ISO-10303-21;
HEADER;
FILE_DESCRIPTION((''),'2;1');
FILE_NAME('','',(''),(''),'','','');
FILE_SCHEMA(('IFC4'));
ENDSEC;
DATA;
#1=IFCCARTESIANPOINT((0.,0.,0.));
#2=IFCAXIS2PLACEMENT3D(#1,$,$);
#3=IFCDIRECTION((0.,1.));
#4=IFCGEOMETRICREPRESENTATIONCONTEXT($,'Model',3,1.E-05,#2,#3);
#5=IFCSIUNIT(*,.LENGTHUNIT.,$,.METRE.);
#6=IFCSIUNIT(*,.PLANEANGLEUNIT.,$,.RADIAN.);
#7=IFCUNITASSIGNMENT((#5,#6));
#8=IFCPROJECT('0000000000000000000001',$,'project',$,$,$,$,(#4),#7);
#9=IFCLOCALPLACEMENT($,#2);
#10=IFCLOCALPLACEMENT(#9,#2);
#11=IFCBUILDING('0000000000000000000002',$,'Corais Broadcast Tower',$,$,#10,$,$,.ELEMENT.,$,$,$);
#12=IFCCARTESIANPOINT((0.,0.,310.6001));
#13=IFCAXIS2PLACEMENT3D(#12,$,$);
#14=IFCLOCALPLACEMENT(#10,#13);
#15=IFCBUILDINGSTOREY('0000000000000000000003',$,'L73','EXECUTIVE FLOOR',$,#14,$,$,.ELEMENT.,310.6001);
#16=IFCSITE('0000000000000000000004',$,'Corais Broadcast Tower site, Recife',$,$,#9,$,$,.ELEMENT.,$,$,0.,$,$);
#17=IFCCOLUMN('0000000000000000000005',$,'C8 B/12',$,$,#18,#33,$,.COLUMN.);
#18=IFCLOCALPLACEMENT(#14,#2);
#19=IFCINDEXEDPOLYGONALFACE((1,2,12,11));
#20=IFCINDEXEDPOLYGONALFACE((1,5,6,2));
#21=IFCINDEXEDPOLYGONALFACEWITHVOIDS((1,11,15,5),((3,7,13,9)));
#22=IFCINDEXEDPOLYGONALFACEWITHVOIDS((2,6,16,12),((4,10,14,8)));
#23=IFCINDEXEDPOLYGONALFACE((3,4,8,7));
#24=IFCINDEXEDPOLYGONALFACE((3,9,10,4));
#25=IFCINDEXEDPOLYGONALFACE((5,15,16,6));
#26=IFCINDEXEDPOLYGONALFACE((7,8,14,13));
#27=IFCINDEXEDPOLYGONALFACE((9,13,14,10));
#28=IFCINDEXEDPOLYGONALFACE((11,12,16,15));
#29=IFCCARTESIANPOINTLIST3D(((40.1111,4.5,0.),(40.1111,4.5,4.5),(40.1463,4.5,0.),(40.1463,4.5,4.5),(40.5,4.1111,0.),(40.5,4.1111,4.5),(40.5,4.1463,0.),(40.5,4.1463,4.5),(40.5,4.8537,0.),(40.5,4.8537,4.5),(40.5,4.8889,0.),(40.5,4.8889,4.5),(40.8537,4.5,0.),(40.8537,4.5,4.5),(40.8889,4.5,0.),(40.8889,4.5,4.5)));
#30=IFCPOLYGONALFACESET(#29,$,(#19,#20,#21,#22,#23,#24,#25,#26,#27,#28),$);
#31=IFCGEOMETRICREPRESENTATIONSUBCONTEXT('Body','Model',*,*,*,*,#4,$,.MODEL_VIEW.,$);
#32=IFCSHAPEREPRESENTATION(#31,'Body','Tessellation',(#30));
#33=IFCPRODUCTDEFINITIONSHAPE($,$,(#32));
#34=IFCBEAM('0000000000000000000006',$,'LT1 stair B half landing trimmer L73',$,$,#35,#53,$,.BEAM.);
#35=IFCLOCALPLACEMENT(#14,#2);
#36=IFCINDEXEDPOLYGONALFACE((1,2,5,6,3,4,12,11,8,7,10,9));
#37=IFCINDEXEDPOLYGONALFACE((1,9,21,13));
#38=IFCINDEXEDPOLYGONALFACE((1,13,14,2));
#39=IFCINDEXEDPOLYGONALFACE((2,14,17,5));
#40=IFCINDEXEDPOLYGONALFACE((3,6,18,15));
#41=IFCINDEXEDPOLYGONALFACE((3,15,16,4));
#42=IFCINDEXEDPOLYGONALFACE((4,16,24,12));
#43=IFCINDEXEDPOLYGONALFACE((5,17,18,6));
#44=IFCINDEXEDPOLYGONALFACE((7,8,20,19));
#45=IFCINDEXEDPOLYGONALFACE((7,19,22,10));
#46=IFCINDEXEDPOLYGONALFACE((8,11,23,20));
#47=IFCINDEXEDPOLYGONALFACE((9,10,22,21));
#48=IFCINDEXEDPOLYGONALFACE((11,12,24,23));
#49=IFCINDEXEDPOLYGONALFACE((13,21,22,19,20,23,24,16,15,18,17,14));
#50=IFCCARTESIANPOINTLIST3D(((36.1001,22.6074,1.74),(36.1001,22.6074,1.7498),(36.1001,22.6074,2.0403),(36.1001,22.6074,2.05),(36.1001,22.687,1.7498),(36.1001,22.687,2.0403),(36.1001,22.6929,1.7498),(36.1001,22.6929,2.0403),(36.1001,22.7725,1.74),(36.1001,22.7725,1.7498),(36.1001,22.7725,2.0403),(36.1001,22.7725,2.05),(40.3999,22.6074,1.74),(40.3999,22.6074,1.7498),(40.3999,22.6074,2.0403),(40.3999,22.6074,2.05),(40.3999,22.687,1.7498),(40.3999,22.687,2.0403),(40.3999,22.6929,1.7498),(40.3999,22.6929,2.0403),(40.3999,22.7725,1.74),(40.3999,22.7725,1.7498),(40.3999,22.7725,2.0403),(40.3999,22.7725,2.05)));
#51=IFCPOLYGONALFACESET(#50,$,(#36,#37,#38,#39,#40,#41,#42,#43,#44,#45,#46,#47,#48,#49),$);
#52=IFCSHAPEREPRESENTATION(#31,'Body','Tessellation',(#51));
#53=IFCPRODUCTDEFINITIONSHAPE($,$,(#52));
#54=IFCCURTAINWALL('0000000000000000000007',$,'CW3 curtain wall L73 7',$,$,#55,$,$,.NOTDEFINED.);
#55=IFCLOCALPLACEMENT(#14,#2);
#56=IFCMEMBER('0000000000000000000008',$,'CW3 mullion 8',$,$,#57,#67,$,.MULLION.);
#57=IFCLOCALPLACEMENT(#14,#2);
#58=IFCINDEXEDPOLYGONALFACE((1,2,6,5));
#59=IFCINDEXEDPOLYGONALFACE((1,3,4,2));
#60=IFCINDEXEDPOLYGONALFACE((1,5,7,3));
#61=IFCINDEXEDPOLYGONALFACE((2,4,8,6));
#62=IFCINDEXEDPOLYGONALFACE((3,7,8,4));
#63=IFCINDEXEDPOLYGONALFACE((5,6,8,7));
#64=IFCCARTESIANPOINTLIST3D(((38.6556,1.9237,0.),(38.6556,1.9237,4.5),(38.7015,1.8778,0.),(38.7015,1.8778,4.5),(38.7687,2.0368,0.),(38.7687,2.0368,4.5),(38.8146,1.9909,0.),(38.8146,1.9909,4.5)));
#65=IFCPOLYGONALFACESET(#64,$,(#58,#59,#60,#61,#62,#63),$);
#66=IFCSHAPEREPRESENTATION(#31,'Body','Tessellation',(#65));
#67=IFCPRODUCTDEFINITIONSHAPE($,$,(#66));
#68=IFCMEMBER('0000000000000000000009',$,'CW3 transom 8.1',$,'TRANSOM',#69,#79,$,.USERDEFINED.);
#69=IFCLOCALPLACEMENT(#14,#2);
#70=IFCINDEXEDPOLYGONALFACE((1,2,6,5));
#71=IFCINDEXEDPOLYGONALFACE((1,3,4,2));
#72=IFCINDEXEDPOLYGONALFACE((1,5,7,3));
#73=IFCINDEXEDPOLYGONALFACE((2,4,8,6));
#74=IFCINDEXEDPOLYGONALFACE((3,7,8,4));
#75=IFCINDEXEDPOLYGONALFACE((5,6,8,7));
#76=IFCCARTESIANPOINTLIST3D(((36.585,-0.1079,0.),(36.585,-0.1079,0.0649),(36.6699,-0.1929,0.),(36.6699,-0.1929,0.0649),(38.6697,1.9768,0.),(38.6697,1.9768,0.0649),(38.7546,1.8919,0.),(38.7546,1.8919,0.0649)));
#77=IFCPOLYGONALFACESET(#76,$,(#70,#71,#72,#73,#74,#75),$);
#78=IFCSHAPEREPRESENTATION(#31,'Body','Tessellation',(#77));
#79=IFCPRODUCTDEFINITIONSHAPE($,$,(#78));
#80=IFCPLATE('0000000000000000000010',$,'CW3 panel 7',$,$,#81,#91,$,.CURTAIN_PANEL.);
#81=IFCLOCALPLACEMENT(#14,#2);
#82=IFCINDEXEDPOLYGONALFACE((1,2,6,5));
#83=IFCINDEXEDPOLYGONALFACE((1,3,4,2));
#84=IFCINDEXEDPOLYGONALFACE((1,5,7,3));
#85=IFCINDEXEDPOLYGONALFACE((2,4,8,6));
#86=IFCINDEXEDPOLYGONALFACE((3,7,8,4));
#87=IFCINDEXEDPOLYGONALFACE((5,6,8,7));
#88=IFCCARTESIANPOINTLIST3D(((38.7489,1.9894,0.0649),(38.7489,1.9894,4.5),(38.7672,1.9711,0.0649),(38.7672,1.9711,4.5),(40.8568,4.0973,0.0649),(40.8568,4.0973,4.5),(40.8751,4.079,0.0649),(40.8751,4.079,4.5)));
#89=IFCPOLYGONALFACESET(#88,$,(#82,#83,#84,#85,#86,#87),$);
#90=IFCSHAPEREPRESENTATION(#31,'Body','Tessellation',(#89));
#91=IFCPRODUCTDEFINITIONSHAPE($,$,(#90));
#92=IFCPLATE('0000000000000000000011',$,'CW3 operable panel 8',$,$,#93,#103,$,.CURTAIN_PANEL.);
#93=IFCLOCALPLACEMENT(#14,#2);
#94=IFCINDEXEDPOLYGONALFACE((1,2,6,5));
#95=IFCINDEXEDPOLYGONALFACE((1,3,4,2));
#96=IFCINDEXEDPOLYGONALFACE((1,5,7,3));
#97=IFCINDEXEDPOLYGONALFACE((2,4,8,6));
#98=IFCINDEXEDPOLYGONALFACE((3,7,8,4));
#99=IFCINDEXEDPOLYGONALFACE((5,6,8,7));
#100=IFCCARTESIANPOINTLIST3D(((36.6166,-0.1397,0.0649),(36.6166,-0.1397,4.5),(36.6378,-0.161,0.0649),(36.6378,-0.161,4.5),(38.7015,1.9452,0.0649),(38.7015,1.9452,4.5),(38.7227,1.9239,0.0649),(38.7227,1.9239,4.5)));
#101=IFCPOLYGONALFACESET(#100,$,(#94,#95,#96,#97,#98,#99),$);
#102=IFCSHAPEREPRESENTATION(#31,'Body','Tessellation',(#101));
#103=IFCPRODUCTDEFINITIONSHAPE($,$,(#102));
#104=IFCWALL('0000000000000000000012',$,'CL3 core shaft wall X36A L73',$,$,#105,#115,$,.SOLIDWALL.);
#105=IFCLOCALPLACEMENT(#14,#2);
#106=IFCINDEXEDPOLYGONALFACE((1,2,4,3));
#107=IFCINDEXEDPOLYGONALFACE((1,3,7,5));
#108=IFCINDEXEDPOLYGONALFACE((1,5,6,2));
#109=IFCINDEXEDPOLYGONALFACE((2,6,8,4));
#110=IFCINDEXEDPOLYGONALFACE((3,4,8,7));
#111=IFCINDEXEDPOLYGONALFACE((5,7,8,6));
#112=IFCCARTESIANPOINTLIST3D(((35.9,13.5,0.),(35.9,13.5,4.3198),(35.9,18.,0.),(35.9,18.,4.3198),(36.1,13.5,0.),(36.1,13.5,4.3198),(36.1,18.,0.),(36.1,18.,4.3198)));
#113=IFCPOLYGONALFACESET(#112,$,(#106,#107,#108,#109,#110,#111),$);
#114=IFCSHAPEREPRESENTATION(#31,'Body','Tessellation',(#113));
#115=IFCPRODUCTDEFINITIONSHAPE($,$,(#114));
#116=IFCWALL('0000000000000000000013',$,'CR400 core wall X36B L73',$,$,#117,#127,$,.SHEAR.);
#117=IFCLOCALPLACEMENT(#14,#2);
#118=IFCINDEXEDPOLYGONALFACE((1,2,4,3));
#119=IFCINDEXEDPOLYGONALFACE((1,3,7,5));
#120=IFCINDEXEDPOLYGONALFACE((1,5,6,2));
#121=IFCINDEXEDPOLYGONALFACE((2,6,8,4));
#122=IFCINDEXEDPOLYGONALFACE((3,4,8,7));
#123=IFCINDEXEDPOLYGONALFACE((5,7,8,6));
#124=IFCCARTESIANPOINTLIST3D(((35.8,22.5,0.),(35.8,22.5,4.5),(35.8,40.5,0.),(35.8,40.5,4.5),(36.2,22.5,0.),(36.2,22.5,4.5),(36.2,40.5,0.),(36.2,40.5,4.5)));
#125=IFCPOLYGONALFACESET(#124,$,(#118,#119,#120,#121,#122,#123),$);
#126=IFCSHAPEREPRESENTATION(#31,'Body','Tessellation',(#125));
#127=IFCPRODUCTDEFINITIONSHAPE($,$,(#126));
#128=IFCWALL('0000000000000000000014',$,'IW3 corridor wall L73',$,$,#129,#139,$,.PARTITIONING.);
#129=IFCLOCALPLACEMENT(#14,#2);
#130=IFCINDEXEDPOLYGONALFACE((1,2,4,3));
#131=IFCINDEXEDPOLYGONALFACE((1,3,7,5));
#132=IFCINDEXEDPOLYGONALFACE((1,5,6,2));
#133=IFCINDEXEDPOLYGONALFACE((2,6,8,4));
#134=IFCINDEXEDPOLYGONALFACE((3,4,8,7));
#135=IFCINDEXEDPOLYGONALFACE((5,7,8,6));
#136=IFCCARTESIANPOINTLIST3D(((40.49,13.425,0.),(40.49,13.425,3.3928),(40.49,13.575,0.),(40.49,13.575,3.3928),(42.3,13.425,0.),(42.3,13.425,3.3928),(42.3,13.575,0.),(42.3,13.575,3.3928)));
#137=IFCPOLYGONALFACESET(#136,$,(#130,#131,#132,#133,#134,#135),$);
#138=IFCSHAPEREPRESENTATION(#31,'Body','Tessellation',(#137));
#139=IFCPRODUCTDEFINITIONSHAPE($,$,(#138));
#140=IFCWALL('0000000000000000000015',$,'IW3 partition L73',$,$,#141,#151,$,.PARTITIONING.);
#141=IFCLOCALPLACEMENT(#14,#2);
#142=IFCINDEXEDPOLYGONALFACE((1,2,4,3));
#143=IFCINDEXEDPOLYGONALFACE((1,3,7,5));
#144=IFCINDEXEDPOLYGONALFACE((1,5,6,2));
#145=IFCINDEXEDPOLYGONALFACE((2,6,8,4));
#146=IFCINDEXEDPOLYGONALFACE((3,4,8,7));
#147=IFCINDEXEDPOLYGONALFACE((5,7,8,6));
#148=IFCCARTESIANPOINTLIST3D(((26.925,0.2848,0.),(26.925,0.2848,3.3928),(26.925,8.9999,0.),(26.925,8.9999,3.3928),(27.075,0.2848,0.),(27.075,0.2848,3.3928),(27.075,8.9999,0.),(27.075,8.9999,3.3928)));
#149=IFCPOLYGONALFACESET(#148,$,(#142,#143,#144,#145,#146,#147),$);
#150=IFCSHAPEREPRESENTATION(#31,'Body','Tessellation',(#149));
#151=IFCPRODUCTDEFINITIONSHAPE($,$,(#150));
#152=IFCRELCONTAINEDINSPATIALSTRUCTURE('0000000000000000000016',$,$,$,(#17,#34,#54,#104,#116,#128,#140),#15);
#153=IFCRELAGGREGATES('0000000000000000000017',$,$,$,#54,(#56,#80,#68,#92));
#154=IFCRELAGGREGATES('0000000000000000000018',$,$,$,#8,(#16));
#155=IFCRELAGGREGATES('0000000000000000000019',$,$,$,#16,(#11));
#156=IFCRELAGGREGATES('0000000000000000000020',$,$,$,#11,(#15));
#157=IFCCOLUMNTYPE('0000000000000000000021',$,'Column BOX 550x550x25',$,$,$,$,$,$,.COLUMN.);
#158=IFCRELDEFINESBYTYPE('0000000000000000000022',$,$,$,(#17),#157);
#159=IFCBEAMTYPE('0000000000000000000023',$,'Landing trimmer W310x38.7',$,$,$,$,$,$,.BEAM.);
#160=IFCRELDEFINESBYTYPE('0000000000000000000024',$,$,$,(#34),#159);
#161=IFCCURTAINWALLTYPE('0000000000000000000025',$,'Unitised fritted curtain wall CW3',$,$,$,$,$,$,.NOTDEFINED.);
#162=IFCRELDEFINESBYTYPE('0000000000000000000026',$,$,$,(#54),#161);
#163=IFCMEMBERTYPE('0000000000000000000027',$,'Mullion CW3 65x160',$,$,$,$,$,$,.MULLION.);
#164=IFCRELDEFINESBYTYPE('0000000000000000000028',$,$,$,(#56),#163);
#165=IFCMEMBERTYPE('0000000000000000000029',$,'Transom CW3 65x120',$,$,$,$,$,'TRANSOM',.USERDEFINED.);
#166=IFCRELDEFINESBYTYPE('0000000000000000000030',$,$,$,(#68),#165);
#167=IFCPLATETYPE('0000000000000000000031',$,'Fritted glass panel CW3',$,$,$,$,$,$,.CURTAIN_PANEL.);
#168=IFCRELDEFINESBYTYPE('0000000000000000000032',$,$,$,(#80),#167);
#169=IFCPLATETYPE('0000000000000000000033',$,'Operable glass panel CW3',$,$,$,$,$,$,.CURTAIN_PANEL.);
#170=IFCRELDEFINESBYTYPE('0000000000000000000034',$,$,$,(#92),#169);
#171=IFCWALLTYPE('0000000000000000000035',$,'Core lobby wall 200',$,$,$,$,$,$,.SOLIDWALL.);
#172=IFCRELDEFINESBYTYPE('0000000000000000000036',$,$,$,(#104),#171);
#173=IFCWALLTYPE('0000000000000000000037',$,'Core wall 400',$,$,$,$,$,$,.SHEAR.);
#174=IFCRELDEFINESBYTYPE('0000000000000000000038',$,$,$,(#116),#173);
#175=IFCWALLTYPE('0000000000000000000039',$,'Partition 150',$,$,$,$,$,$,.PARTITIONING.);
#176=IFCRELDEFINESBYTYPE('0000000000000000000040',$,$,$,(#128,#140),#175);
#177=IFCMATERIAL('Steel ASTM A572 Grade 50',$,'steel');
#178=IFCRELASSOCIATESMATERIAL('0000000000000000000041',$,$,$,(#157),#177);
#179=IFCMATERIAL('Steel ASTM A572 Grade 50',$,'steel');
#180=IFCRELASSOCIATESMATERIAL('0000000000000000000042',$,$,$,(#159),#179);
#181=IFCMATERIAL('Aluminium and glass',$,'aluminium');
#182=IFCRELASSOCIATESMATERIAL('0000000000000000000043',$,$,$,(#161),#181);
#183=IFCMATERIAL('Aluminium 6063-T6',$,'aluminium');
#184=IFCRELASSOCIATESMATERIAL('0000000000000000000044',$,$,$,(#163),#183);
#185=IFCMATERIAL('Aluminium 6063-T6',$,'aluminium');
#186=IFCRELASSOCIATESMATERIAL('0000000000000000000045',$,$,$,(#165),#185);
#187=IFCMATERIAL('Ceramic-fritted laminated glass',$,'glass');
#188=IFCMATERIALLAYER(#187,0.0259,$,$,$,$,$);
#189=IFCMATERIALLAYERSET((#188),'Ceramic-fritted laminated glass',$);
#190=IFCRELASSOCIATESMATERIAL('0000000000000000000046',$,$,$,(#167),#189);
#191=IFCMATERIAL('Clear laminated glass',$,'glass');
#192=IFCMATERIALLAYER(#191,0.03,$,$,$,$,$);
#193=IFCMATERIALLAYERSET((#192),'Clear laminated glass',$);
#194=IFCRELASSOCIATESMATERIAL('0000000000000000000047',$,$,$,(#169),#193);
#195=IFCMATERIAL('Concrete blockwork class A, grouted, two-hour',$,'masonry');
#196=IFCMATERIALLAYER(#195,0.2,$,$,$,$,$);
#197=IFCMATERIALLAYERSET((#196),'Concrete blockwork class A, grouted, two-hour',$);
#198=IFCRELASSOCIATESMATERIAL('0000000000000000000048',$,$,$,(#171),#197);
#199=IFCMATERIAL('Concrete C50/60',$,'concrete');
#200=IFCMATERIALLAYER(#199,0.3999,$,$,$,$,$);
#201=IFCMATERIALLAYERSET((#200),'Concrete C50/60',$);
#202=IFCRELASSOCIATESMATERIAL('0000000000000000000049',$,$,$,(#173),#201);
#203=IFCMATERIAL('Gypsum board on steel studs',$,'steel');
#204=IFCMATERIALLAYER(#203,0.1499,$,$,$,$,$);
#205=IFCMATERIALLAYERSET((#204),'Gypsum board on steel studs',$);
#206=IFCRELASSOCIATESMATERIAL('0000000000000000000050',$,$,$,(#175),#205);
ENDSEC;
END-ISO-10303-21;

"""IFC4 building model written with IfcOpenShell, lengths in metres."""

from ifc_helpers import new_model, si_unit, direction, frame, frame_2d, origin, origin_2d, place, context, subcontext, project, spatial, rectangle, hollow_rectangle, i_section, extrude, material, layer, layer_set, material_profile, profile_set, type_object, element, aggregate, save


model = new_model("IFC4")

# Units and contexts
model_context = context("Model", 3, precision=1e-05, world=origin(), true_north=direction((0.0, 1.0)))
body_context = subcontext(model_context, "Body", "Model", "MODEL_VIEW")
ifc_project = project(units=[si_unit("LENGTHUNIT", "METRE"), si_unit("PLANEANGLEUNIT", "RADIAN")], contexts=[model_context])

# Site, building, storey
site_placement = place(None, origin())
site = spatial("IfcSite", under=ifc_project, at=site_placement, Name="Corais Broadcast Tower site, Recife", CompositionType="ELEMENT", RefElevation=0.0)
building_placement = place(site_placement, origin())
building = spatial("IfcBuilding", under=site, at=building_placement, Name="Corais Broadcast Tower", CompositionType="ELEMENT")
storey_placement = place(building_placement, frame((0.0, 0.0, 310.6001)))
storey = spatial("IfcBuildingStorey", under=building, at=storey_placement, Name="L73", Description="EXECUTIVE FLOOR", CompositionType="ELEMENT", Elevation=310.6001)

# Column
ifc_material_1 = material(Name="Steel ASTM A572 Grade 50", Category="steel")
ifc_material_profile_1 = material_profile(ifc_material_1, hollow_rectangle(XDim=0.55, YDim=0.55, WallThickness=0.0249, at=origin_2d()), Name="BOX 550x550x25")
ifc_profile_set_1 = profile_set([ifc_material_profile_1], Name="Steel ASTM A572 Grade 50")
column_type = type_object("IfcColumnType", Name="Column BOX 550x550x25", PredefinedType="COLUMN", material=ifc_profile_set_1)
column_placement = place(storey_placement, frame((40.5, 4.5, 0.0), z_axis=(0.0, 0.0, 1.0), x_axis=(0.707107, 0.707107, 0.0)))
element("IfcColumn", 1, at=column_placement, inside=storey, type_object=column_type, Name="C8 B/12", PredefinedType="COLUMN", context=body_context, shape_type="SweptSolid", body=[
    extrude(hollow_rectangle(XDim=0.55, YDim=0.55, WallThickness=0.0249, at=origin_2d()), origin(), (0.0, 0.0, 1.0), 4.5),
])

# Beam
ifc_material_2 = material(Name="Steel ASTM A572 Grade 50", Category="steel")
ifc_material_profile_2 = material_profile(ifc_material_2, i_section(OverallWidth=0.165, OverallDepth=0.3101, WebThickness=0.0059, FlangeThickness=0.0098, at=origin_2d()), Name="W310x38.7")
ifc_profile_set_2 = profile_set([ifc_material_profile_2], Name="Steel ASTM A572 Grade 50")
beam_type = type_object("IfcBeamType", Name="Landing trimmer W310x38.7", PredefinedType="BEAM", material=ifc_profile_set_2)
beam_placement = place(storey_placement, frame((36.1001, 22.6899, 1.895), z_axis=(1.0, 0.0, 0.0), x_axis=(0.0, 1.0, 0.0)))
element("IfcBeam", 2, at=beam_placement, inside=storey, type_object=beam_type, Name="LT1 stair B half landing trimmer L73", PredefinedType="BEAM", context=body_context, shape_type="SweptSolid", body=[
    extrude(i_section(OverallWidth=0.165, OverallDepth=0.3101, WebThickness=0.0059, FlangeThickness=0.0098, at=origin_2d()), origin(), (0.0, 0.0, 1.0), 4.2998),
])

# Curtain wall, members, plates
ifc_material_3 = material(Name="Aluminium and glass", Category="aluminium")
curtain_wall_type = type_object("IfcCurtainWallType", Name="Unitised fritted curtain wall CW3", PredefinedType="NOTDEFINED", material=ifc_material_3)
curtain_wall_placement = place(storey_placement, origin())
curtain_wall = element("IfcCurtainWall", 3, at=curtain_wall_placement, inside=storey, type_object=curtain_wall_type, Name="CW3 curtain wall L73 7", PredefinedType="NOTDEFINED")
ifc_material_4 = material(Name="Aluminium 6063-T6", Category="aluminium")
ifc_material_profile_3 = material_profile(ifc_material_4, rectangle(XDim=0.0649, YDim=0.1599, at=origin_2d()), Name="Mullion CW3 65x160")
ifc_profile_set_3 = profile_set([ifc_material_profile_3], Name="Aluminium 6063-T6")
member_type_1 = type_object("IfcMemberType", Name="Mullion CW3 65x160", PredefinedType="MULLION", material=ifc_profile_set_3)
member_1_placement = place(storey_placement, frame((38.7351, 1.9573, 0.0), z_axis=(0.0, 0.0, 1.0), x_axis=(0.707107, -0.707107, 0.0)))
member_1 = element("IfcMember", 4, at=member_1_placement, type_object=member_type_1, Name="CW3 mullion 8", PredefinedType="MULLION", context=body_context, shape_type="SweptSolid", body=[
    extrude(rectangle(XDim=0.0649, YDim=0.1599, at=origin_2d()), origin(), (0.0, 0.0, 1.0), 4.5),
])
ifc_material_5 = material(Name="Aluminium 6063-T6", Category="aluminium")
ifc_material_profile_4 = material_profile(ifc_material_5, rectangle(XDim=0.1201, YDim=0.0649, at=origin_2d()), Name="Transom CW3 65x120")
ifc_profile_set_4 = profile_set([ifc_material_profile_4], Name="Aluminium 6063-T6")
member_type_2 = type_object("IfcMemberType", Name="Transom CW3 65x120", ElementType="TRANSOM", PredefinedType="USERDEFINED", material=ifc_profile_set_4)
member_2_placement = place(storey_placement, frame((38.7122, 1.9343, 0.0325), z_axis=(-0.707107, -0.707107, 0.0), x_axis=(0.707107, -0.707107, 0.0)))
member_2 = element("IfcMember", 5, at=member_2_placement, type_object=member_type_2, Name="CW3 transom 8.1", ObjectType="TRANSOM", PredefinedType="USERDEFINED", context=body_context, shape_type="SweptSolid", body=[
    extrude(rectangle(XDim=0.1201, YDim=0.0649, at=origin_2d()), origin(), (0.0, 0.0, 1.0), 2.9482),
])
ifc_material_6 = material(Name="Ceramic-fritted laminated glass", Category="glass")
ifc_layer_1 = layer(ifc_material_6, 0.0259)
ifc_layer_set_1 = layer_set([ifc_layer_1], Name="Ceramic-fritted laminated glass")
plate_type_1 = type_object("IfcPlateType", Name="Fritted glass panel CW3", PredefinedType="CURTAIN_PANEL", material=ifc_layer_set_1)
plate_1_placement = place(storey_placement, frame((39.812, 3.0342, 0.0649), z_axis=(0.0, 0.0, 1.0), x_axis=(-0.707107, -0.707107, 0.0)))
plate_1 = element("IfcPlate", 6, at=plate_1_placement, type_object=plate_type_1, Name="CW3 panel 7", PredefinedType="CURTAIN_PANEL", context=body_context, shape_type="SweptSolid", body=[
    extrude(rectangle(XDim=2.981, YDim=0.0259, at=origin_2d()), origin(), (0.0, 0.0, 1.0), 4.4351),
])
ifc_material_7 = material(Name="Clear laminated glass", Category="glass")
ifc_layer_2 = layer(ifc_material_7, 0.03)
ifc_layer_set_2 = layer_set([ifc_layer_2], Name="Clear laminated glass")
plate_type_2 = type_object("IfcPlateType", Name="Operable glass panel CW3", PredefinedType="CURTAIN_PANEL", material=ifc_layer_set_2)
plate_2_placement = place(storey_placement, frame((37.6697, 0.8921, 0.0649), z_axis=(0.0, 0.0, 1.0), x_axis=(-0.707107, -0.707107, 0.0)))
plate_2 = element("IfcPlate", 7, at=plate_2_placement, type_object=plate_type_2, Name="CW3 operable panel 8", PredefinedType="CURTAIN_PANEL", context=body_context, shape_type="SweptSolid", body=[
    extrude(rectangle(XDim=2.9485, YDim=0.03, at=origin_2d()), origin(), (0.0, 0.0, 1.0), 4.4351),
])
aggregate(curtain_wall, [member_1, plate_1, member_2, plate_2])

# Walls
ifc_material_8 = material(Name="Concrete blockwork class A, grouted, two-hour", Category="masonry")
ifc_layer_3 = layer(ifc_material_8, 0.2)
ifc_layer_set_3 = layer_set([ifc_layer_3], Name="Concrete blockwork class A, grouted, two-hour")
wall_type_1 = type_object("IfcWallType", Name="Core lobby wall 200", PredefinedType="SOLIDWALL", material=ifc_layer_set_3)
wall_1_placement = place(storey_placement, frame((36.0, 13.5, 0.0), z_axis=(0.0, 0.0, 1.0), x_axis=(0.0, 1.0, 0.0)))
element("IfcWall", 8, at=wall_1_placement, inside=storey, type_object=wall_type_1, Name="CL3 core shaft wall X36A L73", PredefinedType="SOLIDWALL", context=body_context, shape_type="SweptSolid", body=[
    extrude(rectangle(XDim=4.5, YDim=0.2, at=frame_2d((2.25, 0.0))), origin(), (0.0, 0.0, 1.0), 4.3198),
])
ifc_material_9 = material(Name="Concrete C50/60", Category="concrete")
ifc_layer_4 = layer(ifc_material_9, 0.3999)
ifc_layer_set_4 = layer_set([ifc_layer_4], Name="Concrete C50/60")
wall_type_2 = type_object("IfcWallType", Name="Core wall 400", PredefinedType="SHEAR", material=ifc_layer_set_4)
wall_2_placement = place(storey_placement, frame((36.0, 22.5, 0.0), z_axis=(0.0, 0.0, 1.0), x_axis=(0.0, 1.0, 0.0)))
element("IfcWall", 9, at=wall_2_placement, inside=storey, type_object=wall_type_2, Name="CR400 core wall X36B L73", PredefinedType="SHEAR", context=body_context, shape_type="SweptSolid", body=[
    extrude(rectangle(XDim=18.0, YDim=0.3999, at=frame_2d((9.0, 0.0))), origin(), (0.0, 0.0, 1.0), 4.5),
])
ifc_material_10 = material(Name="Gypsum board on steel studs", Category="steel")
ifc_layer_5 = layer(ifc_material_10, 0.1499)
ifc_layer_set_5 = layer_set([ifc_layer_5], Name="Gypsum board on steel studs")
wall_type_3 = type_object("IfcWallType", Name="Partition 150", PredefinedType="PARTITIONING", material=ifc_layer_set_5)
wall_3_placement = place(storey_placement, frame((40.49, 13.5, 0.0), z_axis=(0.0, 0.0, 1.0), x_axis=(1.0, 0.0, 0.0)))
element("IfcWall", 10, at=wall_3_placement, inside=storey, type_object=wall_type_3, Name="IW3 corridor wall L73", PredefinedType="PARTITIONING", context=body_context, shape_type="SweptSolid", body=[
    extrude(rectangle(XDim=1.8101, YDim=0.1499, at=frame_2d((0.905, 0.0))), origin(), (0.0, 0.0, 1.0), 3.3928),
])
wall_4_placement = place(storey_placement, frame((27.0, 0.2849, 0.0), z_axis=(0.0, 0.0, 1.0), x_axis=(0.0, 1.0, 0.0)))
element("IfcWall", 11, at=wall_4_placement, inside=storey, type_object=wall_type_3, Name="IW3 partition L73", PredefinedType="PARTITIONING", context=body_context, shape_type="SweptSolid", body=[
    extrude(rectangle(XDim=8.7151, YDim=0.1499, at=frame_2d((4.3574, 0.0))), origin(), (0.0, 0.0, 1.0), 3.3928),
])

save(model, "model.ifc")
